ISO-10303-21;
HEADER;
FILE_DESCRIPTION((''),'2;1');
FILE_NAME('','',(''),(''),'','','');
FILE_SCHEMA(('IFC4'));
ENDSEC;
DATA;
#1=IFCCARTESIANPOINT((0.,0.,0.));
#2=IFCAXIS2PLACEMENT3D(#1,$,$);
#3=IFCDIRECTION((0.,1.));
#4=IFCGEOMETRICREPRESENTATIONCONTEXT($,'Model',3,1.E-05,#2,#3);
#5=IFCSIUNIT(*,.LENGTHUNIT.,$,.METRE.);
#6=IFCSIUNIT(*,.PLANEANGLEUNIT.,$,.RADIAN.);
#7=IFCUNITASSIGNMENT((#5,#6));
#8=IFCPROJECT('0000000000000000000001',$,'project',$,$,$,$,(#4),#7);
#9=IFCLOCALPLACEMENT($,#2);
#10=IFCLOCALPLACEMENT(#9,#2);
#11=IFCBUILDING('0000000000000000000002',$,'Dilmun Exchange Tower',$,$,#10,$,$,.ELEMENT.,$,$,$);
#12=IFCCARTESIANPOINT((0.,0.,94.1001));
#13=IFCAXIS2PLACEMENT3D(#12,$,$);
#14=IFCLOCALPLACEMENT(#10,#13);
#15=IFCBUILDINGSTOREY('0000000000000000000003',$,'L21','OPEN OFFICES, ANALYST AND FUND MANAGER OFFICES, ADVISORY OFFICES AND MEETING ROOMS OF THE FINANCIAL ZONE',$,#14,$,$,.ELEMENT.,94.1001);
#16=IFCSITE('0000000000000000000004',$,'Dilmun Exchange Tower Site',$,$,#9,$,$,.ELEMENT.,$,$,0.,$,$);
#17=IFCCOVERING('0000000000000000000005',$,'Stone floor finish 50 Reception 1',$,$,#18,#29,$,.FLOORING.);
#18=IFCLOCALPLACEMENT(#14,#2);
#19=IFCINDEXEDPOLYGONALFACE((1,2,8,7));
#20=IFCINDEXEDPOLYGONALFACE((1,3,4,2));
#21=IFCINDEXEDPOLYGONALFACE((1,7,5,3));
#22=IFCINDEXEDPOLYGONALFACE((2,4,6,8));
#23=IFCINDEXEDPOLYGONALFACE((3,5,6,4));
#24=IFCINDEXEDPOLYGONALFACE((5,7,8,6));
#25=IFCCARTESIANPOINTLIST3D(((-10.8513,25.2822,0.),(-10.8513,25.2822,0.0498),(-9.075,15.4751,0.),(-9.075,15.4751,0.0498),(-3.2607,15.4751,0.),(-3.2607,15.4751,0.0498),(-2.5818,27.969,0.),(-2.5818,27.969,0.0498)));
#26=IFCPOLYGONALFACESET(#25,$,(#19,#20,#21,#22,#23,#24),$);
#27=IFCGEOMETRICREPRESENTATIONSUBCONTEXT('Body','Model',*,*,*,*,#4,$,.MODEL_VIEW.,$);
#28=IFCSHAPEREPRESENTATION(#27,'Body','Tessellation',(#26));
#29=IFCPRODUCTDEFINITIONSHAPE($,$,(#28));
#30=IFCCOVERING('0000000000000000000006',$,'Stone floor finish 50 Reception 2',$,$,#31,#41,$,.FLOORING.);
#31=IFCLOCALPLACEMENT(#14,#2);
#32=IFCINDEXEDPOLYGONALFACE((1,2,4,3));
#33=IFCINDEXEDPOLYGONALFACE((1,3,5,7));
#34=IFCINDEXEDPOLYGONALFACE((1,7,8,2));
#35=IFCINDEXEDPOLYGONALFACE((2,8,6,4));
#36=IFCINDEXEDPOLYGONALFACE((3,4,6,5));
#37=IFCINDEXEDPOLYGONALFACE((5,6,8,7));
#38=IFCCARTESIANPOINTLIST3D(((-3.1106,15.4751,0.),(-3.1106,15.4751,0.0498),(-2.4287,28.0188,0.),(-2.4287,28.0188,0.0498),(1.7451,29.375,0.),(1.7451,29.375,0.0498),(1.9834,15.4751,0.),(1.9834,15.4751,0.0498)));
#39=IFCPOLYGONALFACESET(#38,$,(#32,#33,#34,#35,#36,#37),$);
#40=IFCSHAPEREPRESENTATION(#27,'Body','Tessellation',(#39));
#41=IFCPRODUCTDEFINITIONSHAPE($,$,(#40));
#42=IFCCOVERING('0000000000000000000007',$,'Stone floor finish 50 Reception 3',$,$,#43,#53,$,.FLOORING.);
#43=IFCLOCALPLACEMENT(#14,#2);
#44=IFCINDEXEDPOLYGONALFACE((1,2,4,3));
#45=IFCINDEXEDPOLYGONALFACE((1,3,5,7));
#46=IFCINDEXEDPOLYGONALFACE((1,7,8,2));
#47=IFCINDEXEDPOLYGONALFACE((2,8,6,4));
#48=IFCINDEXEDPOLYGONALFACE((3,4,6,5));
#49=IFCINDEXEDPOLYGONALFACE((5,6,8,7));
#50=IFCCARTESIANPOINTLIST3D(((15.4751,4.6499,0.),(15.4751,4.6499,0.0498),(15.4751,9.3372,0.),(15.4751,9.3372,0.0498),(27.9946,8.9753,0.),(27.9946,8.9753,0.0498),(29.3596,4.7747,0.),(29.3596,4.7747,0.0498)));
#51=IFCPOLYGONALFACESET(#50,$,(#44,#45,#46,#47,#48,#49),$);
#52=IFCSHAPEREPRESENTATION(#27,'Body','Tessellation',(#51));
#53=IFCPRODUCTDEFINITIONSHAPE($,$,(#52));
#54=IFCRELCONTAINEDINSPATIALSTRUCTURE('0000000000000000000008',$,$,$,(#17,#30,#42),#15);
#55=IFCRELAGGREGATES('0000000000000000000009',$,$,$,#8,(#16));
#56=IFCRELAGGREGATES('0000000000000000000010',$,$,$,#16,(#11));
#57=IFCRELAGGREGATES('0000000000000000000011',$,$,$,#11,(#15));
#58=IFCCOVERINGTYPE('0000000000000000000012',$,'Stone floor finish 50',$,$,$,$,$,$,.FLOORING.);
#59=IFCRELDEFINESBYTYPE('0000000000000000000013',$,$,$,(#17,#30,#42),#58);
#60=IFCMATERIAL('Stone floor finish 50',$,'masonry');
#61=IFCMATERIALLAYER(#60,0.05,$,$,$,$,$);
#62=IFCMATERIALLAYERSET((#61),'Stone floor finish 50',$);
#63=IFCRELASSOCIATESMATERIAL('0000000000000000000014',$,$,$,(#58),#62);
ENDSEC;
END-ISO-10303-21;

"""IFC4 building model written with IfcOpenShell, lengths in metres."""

from ifc_helpers import new_model, si_unit, direction, frame, origin, place, context, subcontext, project, spatial, polyline, outline, extrude, material, layer, layer_set, type_object, element, save


model = new_model("IFC4")

# Units and contexts
model_context = context("Model", 3, precision=1e-05, world=origin(), true_north=direction((0.0, 1.0)))
body_context = subcontext(model_context, "Body", "Model", "MODEL_VIEW")
ifc_project = project(units=[si_unit("LENGTHUNIT", "METRE"), si_unit("PLANEANGLEUNIT", "RADIAN")], contexts=[model_context])

# Site, building, storey
site_placement = place(None, origin())
site = spatial("IfcSite", under=ifc_project, at=site_placement, Name="Dilmun Exchange Tower Site", CompositionType="ELEMENT", RefElevation=0.0)
building_placement = place(site_placement, origin())
building = spatial("IfcBuilding", under=site, at=building_placement, Name="Dilmun Exchange Tower", CompositionType="ELEMENT")
storey_placement = place(building_placement, frame((0.0, 0.0, 94.1001)))
storey = spatial("IfcBuildingStorey", under=building, at=storey_placement, Name="L21", Description="OPEN OFFICES, ANALYST AND FUND MANAGER OFFICES, ADVISORY OFFICES AND MEETING ROOMS OF THE FINANCIAL ZONE", CompositionType="ELEMENT", Elevation=94.1001)

# Coverings
ifc_material_1 = material(Name="Stone floor finish 50", Category="masonry")
ifc_layer_1 = layer(ifc_material_1, 0.05)
ifc_layer_set_1 = layer_set([ifc_layer_1], Name="Stone floor finish 50")
covering_type_1 = type_object("IfcCoveringType", Name="Stone floor finish 50", PredefinedType="FLOORING", material=ifc_layer_set_1)
covering_1_placement = place(storey_placement, origin())
element("IfcCovering", 1, at=covering_1_placement, inside=storey, type_object=covering_type_1, Name="Stone floor finish 50 Reception 1", PredefinedType="FLOORING", context=body_context, shape_type="SweptSolid", body=[
    extrude(outline(polyline([(-10.8513, 25.2822), (-2.5818, 27.969), (-3.2607, 15.4751), (-9.075, 15.4751), (-10.8513, 25.2822)])), origin(), (0.0, 0.0, 1.0), 0.0498),
])
covering_2_placement = place(storey_placement, origin())
element("IfcCovering", 2, at=covering_2_placement, inside=storey, type_object=covering_type_1, Name="Stone floor finish 50 Reception 2", PredefinedType="FLOORING", context=body_context, shape_type="SweptSolid", body=[
    extrude(outline(polyline([(-3.1106, 15.4751), (-2.4287, 28.0188), (1.7451, 29.375), (1.9834, 15.4751), (-3.1106, 15.4751)])), origin(), (0.0, 0.0, 1.0), 0.0498),
])
covering_3_placement = place(storey_placement, origin())
element("IfcCovering", 3, at=covering_3_placement, inside=storey, type_object=covering_type_1, Name="Stone floor finish 50 Reception 3", PredefinedType="FLOORING", context=body_context, shape_type="SweptSolid", body=[
    extrude(outline(polyline([(15.4751, 9.3372), (27.9946, 8.9753), (29.3596, 4.7747), (15.4751, 4.6499), (15.4751, 9.3372)])), origin(), (0.0, 0.0, 1.0), 0.0498),
])

save(model, "model.ifc")
